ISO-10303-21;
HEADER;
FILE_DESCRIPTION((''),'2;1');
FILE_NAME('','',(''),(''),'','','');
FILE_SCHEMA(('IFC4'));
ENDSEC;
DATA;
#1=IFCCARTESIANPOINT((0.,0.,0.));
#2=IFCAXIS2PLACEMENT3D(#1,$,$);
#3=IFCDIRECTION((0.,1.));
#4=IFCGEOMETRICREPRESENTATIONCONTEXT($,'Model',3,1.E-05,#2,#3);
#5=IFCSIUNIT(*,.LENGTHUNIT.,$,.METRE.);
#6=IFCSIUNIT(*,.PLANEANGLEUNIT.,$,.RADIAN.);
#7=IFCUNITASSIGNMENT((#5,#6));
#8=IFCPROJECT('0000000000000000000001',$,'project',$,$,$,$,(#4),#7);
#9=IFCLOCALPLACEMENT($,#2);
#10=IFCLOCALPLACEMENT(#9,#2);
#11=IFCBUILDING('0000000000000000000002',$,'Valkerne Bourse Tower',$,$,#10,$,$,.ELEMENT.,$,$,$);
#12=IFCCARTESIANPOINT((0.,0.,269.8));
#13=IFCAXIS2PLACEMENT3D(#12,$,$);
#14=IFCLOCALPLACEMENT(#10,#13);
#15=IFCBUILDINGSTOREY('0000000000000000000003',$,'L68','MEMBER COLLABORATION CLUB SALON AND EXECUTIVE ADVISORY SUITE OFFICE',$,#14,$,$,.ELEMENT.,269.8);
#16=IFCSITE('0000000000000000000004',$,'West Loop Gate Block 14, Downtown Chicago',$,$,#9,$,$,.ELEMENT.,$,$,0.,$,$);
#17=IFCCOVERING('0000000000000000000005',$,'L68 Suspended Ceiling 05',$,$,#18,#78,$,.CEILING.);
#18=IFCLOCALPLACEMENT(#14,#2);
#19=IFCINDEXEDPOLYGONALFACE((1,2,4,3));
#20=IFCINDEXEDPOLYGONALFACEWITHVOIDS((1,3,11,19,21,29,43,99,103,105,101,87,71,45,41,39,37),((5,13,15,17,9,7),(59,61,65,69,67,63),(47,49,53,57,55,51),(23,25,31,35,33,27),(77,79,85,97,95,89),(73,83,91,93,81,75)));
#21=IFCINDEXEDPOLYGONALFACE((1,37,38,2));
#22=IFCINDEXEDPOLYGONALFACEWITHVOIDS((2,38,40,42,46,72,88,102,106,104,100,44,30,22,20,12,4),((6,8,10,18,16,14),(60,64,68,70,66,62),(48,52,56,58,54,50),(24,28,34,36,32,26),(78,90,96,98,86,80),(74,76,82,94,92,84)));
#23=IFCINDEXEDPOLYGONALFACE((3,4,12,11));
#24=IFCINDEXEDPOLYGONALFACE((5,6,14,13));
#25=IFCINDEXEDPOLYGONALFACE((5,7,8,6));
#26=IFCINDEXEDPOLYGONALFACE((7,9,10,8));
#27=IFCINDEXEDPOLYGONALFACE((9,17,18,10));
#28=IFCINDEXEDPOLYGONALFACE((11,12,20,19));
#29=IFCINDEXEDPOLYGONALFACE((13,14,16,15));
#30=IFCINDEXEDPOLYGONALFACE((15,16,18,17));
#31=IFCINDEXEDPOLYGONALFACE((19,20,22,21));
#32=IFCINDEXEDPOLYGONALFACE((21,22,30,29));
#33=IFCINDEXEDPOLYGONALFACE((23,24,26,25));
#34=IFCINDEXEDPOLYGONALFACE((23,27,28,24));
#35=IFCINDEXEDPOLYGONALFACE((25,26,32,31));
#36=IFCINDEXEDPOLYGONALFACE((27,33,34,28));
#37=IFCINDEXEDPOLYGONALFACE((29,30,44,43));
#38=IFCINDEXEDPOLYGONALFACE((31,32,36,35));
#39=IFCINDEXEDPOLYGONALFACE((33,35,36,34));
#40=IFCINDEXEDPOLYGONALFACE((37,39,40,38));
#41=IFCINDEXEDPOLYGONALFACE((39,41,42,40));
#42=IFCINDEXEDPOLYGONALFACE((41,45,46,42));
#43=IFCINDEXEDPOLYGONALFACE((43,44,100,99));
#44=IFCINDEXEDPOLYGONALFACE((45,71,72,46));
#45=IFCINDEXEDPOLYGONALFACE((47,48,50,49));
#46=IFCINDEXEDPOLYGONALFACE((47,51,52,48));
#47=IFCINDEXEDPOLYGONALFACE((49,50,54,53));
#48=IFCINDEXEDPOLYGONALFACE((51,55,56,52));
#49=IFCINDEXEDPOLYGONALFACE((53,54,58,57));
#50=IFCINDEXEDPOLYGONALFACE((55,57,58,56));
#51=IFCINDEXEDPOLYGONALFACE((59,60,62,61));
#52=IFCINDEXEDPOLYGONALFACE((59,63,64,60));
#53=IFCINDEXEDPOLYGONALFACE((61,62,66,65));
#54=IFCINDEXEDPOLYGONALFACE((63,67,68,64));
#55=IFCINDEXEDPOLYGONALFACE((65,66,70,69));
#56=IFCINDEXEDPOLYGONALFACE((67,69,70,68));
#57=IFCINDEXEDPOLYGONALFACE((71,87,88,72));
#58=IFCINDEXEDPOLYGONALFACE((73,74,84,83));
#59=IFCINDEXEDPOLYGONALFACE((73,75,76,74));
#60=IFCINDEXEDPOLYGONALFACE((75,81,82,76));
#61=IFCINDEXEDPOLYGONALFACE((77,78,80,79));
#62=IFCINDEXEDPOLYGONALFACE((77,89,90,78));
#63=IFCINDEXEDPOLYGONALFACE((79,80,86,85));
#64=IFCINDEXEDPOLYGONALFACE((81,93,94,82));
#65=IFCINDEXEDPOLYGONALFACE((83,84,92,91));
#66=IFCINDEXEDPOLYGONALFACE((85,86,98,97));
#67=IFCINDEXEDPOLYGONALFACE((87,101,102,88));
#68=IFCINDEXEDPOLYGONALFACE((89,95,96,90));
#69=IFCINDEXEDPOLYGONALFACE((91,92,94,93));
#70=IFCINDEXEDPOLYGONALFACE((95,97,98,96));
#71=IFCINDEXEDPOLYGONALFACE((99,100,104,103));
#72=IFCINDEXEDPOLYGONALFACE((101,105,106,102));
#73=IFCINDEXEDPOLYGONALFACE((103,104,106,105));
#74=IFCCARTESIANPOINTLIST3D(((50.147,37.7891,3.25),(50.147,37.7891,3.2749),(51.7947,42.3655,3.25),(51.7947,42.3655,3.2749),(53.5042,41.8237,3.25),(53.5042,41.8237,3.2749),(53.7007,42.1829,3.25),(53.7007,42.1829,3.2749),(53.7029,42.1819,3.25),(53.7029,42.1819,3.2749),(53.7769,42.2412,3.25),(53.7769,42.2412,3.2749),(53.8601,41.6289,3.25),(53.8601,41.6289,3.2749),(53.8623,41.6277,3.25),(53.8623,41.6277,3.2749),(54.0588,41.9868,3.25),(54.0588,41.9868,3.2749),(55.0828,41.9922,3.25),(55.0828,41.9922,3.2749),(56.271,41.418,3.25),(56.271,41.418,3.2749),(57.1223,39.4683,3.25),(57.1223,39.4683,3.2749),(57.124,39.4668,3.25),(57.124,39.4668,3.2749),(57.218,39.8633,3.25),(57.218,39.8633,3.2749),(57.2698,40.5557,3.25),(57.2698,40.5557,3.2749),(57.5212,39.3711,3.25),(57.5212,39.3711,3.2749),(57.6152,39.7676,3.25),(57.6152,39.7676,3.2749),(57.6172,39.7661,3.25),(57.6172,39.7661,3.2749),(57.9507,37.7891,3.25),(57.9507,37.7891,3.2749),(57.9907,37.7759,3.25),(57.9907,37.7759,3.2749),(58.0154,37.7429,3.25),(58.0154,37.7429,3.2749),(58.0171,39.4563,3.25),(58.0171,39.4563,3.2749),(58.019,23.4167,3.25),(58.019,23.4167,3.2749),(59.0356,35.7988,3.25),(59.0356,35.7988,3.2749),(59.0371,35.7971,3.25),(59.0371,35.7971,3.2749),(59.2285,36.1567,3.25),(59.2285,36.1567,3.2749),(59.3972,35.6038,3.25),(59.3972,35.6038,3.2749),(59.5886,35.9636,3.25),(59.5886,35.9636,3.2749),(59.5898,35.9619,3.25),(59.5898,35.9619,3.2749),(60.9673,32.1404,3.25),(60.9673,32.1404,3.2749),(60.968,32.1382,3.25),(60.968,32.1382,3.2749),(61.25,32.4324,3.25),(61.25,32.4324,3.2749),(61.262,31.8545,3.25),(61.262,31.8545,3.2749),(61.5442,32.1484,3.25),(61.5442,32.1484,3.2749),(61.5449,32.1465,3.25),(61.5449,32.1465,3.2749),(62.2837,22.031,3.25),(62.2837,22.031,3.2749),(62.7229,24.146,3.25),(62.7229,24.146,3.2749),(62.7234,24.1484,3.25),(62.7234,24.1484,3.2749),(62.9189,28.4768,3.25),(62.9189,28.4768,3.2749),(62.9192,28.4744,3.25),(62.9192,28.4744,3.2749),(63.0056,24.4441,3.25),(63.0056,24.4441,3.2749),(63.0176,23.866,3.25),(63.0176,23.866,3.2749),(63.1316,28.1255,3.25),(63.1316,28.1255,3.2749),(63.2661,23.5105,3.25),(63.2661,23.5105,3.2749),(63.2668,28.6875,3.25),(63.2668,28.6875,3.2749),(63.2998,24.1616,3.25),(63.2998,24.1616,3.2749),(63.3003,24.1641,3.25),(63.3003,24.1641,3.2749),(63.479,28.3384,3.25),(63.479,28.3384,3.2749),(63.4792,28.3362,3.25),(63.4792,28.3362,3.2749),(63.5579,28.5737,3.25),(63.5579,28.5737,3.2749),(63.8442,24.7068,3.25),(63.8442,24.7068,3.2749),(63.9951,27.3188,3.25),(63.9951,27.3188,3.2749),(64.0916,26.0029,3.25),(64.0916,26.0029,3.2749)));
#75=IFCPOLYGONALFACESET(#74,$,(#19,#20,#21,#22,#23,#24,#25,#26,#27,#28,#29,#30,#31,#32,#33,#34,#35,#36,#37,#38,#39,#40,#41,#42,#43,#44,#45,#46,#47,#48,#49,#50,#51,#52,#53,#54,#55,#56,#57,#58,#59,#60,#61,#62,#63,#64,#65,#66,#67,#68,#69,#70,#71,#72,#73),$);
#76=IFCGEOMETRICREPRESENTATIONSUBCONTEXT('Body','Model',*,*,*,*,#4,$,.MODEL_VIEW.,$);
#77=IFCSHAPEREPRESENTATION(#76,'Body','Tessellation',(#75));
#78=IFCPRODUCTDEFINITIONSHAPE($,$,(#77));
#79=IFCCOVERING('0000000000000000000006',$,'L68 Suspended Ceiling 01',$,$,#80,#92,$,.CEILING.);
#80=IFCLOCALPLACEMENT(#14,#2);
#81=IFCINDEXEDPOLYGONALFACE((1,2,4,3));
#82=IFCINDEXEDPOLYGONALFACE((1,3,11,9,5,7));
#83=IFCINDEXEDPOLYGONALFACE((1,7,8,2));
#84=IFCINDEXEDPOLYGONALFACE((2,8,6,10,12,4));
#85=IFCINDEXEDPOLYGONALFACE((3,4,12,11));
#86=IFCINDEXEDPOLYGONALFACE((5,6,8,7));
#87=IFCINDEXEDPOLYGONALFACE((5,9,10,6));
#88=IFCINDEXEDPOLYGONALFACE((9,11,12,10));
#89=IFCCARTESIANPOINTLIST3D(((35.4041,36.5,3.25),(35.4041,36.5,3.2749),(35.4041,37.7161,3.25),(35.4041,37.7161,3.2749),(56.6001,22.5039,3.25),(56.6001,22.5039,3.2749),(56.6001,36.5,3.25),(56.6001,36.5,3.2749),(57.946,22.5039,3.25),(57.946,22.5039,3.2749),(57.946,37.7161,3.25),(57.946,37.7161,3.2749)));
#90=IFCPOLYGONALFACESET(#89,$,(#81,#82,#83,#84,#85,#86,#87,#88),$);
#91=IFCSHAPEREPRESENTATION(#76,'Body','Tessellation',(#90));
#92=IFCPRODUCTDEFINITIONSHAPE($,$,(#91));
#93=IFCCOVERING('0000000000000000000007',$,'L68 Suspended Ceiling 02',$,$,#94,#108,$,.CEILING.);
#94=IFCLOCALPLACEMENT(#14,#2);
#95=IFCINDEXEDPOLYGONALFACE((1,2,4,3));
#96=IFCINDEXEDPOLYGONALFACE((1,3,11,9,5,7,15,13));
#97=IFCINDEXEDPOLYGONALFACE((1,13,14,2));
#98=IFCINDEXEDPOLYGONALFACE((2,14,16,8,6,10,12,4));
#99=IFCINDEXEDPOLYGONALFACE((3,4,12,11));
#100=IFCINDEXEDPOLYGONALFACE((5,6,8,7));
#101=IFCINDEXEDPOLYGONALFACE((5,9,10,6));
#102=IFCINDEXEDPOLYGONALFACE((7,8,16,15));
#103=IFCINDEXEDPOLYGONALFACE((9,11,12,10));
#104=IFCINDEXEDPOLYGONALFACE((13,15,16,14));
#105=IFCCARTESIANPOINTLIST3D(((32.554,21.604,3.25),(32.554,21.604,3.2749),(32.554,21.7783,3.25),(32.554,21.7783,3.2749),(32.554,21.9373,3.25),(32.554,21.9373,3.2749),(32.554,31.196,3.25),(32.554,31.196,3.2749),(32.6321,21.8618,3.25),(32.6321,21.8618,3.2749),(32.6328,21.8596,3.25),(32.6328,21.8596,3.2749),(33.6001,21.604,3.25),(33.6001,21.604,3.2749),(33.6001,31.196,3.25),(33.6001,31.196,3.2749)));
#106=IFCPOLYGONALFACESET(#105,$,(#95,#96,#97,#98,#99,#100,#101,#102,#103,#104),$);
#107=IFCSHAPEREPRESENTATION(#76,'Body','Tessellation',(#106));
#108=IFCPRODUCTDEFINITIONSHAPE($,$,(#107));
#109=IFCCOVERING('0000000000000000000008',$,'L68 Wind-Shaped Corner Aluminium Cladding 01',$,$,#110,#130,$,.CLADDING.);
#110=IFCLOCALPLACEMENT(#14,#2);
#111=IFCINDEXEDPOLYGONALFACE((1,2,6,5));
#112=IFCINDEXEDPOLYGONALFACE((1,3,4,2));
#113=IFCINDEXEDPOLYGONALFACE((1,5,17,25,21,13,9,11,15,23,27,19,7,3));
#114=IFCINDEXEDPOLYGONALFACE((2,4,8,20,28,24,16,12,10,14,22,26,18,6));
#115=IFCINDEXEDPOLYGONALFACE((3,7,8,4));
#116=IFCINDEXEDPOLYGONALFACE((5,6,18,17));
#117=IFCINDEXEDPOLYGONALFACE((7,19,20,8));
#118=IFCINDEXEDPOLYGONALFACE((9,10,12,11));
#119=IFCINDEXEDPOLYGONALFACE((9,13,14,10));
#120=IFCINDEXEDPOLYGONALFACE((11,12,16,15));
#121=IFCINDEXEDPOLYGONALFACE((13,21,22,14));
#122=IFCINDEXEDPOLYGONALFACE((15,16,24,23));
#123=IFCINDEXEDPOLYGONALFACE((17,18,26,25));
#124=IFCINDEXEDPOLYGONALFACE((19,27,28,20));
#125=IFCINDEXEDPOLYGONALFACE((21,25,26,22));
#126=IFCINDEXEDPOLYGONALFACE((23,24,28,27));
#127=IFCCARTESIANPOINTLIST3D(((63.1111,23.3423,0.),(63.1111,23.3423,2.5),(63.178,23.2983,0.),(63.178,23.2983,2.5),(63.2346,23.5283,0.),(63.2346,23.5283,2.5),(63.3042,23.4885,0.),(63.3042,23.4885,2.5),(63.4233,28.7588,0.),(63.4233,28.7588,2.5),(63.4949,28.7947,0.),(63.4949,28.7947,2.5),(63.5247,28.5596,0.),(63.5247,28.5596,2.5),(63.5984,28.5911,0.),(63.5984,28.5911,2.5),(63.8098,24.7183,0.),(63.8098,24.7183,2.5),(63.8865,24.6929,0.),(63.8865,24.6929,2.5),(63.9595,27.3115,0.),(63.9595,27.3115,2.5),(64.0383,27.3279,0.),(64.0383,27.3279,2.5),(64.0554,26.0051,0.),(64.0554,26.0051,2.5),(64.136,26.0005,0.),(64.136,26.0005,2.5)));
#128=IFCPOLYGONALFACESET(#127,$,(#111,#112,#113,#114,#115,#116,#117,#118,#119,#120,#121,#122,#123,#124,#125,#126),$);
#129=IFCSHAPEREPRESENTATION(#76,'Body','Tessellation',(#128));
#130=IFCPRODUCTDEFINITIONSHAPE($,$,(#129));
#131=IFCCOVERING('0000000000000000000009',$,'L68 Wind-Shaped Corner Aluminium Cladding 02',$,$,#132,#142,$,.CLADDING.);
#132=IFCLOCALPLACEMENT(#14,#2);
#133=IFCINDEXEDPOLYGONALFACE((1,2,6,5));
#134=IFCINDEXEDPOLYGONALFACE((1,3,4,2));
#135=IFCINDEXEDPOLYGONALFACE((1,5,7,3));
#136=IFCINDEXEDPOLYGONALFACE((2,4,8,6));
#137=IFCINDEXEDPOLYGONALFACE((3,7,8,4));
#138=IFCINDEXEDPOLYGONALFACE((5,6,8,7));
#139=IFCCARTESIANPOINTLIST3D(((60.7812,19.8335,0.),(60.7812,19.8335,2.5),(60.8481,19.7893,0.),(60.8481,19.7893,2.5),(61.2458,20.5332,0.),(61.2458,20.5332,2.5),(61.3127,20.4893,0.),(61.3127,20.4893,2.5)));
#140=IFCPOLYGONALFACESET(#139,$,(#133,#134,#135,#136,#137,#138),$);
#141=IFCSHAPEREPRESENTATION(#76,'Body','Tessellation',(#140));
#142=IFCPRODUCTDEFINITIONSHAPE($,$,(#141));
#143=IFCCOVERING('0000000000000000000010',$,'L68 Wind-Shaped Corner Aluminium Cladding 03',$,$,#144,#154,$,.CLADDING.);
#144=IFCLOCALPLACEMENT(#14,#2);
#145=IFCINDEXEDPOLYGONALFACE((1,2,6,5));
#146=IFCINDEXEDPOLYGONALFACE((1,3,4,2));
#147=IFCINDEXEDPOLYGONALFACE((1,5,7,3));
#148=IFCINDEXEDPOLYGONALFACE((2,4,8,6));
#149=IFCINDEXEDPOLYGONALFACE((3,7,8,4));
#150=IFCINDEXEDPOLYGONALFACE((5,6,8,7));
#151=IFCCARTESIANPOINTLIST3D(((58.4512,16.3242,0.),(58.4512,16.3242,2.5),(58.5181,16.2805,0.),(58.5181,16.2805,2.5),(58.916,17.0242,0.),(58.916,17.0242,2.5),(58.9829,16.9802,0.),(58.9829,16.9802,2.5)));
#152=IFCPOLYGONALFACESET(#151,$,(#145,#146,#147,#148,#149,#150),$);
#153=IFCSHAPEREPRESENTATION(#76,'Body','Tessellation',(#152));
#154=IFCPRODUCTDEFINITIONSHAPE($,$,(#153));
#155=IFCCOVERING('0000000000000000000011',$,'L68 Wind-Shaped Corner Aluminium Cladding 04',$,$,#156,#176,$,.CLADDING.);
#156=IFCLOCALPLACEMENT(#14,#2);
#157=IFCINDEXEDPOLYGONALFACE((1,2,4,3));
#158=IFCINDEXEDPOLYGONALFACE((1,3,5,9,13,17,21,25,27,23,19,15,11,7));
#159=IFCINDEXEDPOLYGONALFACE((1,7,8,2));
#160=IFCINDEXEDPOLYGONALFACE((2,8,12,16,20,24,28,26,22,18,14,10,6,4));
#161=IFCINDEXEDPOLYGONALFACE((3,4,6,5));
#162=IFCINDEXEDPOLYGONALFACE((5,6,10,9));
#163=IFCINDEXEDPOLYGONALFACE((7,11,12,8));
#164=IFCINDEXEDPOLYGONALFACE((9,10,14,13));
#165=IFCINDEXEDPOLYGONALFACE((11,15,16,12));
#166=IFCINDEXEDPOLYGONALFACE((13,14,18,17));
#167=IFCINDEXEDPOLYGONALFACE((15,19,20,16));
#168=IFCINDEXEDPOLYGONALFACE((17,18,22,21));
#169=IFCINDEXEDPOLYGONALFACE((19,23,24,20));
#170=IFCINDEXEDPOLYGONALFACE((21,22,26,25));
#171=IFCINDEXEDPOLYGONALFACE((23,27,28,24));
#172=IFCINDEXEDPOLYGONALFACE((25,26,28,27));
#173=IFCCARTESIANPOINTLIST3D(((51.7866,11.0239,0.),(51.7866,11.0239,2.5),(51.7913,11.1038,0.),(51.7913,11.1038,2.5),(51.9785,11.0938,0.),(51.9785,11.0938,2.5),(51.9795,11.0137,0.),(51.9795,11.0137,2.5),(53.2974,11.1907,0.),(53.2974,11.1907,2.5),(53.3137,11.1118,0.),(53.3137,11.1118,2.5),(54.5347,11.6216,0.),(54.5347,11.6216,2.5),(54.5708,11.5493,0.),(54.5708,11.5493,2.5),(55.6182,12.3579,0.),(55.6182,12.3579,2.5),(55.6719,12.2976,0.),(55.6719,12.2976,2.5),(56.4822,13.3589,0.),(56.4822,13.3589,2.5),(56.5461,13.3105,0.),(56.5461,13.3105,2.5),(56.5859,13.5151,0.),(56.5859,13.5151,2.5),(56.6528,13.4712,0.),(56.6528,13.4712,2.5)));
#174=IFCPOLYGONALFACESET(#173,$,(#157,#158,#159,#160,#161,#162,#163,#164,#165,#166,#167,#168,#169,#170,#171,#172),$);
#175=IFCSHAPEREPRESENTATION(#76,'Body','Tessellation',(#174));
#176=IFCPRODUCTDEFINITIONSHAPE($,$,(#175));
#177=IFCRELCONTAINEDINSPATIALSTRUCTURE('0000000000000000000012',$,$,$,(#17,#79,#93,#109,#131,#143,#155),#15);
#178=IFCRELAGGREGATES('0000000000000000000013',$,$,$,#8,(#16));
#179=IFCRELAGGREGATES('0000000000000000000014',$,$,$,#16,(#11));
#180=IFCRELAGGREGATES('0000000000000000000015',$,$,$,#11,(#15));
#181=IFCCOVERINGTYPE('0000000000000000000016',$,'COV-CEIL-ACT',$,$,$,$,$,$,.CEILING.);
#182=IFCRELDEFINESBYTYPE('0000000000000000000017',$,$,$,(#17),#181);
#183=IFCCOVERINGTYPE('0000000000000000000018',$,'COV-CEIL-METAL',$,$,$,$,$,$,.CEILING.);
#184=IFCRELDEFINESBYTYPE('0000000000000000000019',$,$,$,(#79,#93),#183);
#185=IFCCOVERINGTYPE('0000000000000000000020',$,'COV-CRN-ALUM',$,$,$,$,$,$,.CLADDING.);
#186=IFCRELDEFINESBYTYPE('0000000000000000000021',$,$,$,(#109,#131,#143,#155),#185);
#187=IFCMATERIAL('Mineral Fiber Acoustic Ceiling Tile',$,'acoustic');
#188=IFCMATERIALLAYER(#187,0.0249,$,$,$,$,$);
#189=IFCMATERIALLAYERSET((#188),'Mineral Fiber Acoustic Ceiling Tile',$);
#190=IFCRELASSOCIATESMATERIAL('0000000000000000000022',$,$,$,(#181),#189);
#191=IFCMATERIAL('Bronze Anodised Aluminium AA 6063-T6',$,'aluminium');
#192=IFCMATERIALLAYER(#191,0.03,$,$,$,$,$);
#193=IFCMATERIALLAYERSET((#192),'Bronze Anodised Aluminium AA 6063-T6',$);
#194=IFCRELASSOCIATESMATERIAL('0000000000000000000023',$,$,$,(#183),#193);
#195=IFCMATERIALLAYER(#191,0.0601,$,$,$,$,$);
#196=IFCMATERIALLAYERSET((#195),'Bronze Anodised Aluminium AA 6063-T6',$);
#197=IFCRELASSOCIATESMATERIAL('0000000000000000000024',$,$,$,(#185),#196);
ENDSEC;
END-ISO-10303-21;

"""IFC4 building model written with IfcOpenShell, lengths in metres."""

from ifc_helpers import new_model, si_unit, direction, frame, origin, place, context, subcontext, project, spatial, polyline, outline, extrude, material, layer, layer_set, type_object, element, save


model = new_model("IFC4")

# Units and contexts
model_context = context("Model", 3, precision=1e-05, world=origin(), true_north=direction((0.0, 1.0)))
body_context = subcontext(model_context, "Body", "Model", "MODEL_VIEW")
ifc_project = project(units=[si_unit("LENGTHUNIT", "METRE"), si_unit("PLANEANGLEUNIT", "RADIAN")], contexts=[model_context])

# Site, building, storey
site_placement = place(None, origin())
site = spatial("IfcSite", under=ifc_project, at=site_placement, Name="West Loop Gate Block 14, Downtown Chicago", CompositionType="ELEMENT", RefElevation=0.0)
building_placement = place(site_placement, origin())
building = spatial("IfcBuilding", under=site, at=building_placement, Name="Valkerne Bourse Tower", CompositionType="ELEMENT")
storey_placement = place(building_placement, frame((0.0, 0.0, 269.8)))
storey = spatial("IfcBuildingStorey", under=building, at=storey_placement, Name="L68", Description="MEMBER COLLABORATION CLUB SALON AND EXECUTIVE ADVISORY SUITE OFFICE", CompositionType="ELEMENT", Elevation=269.8)

# Coverings
ifc_material_1 = material(Name="Mineral Fiber Acoustic Ceiling Tile", Category="acoustic")
ifc_layer_1 = layer(ifc_material_1, 0.0249)
ifc_layer_set_1 = layer_set([ifc_layer_1], Name="Mineral Fiber Acoustic Ceiling Tile")
covering_type_1 = type_object("IfcCoveringType", Name="COV-CEIL-ACT", PredefinedType="CEILING", material=ifc_layer_set_1)
covering_1_placement = place(storey_placement, frame((0.0, 0.0, 3.25)))
element("IfcCovering", 1, at=covering_1_placement, inside=storey, type_object=covering_type_1, Name="L68 Suspended Ceiling 05", PredefinedType="CEILING", context=body_context, shape_type="SweptSolid", body=[
    extrude(outline(polyline([(63.8442, 24.7068), (63.2661, 23.5105), (62.2837, 22.031), (58.019, 23.4167), (58.0154, 37.7429), (57.9907, 37.7759), (57.9507, 37.7891), (50.147, 37.7891), (51.7947, 42.3655), (53.7769, 42.2412), (55.0828, 41.9922), (56.271, 41.418), (57.2698, 40.5557), (58.0171, 39.4563), (63.5579, 28.5737), (63.9951, 27.3188), (64.0916, 26.0029), (63.8442, 24.7068)]), holes=[polyline([(63.3003, 24.1641), (63.0056, 24.4441), (62.7234, 24.1484), (62.7229, 24.146), (63.0176, 23.866), (63.2998, 24.1616), (63.3003, 24.1641)]), polyline([(63.479, 28.3384), (63.2668, 28.6875), (62.9189, 28.4768), (62.9192, 28.4744), (63.1316, 28.1255), (63.4792, 28.3362), (63.479, 28.3384)]), polyline([(61.5442, 32.1484), (61.25, 32.4324), (60.9673, 32.1404), (60.968, 32.1382), (61.262, 31.8545), (61.5449, 32.1465), (61.5442, 32.1484)]), polyline([(59.5886, 35.9636), (59.2285, 36.1567), (59.0356, 35.7988), (59.0371, 35.7971), (59.3972, 35.6038), (59.5898, 35.9619), (59.5886, 35.9636)]), polyline([(57.6152, 39.7676), (57.218, 39.8633), (57.1223, 39.4683), (57.124, 39.4668), (57.5212, 39.3711), (57.6172, 39.7661), (57.6152, 39.7676)]), polyline([(53.7029, 42.1819), (53.7007, 42.1829), (53.5042, 41.8237), (53.8601, 41.6289), (53.8623, 41.6277), (54.0588, 41.9868), (53.7029, 42.1819)])]), origin(), (0.0, 0.0, 1.0), 0.0249),
])
ifc_material_2 = material(Name="Bronze Anodised Aluminium AA 6063-T6", Category="aluminium")
ifc_layer_2 = layer(ifc_material_2, 0.03)
ifc_layer_set_2 = layer_set([ifc_layer_2], Name="Bronze Anodised Aluminium AA 6063-T6")
covering_type_2 = type_object("IfcCoveringType", Name="COV-CEIL-METAL", PredefinedType="CEILING", material=ifc_layer_set_2)
covering_2_placement = place(storey_placement, frame((0.0, 0.0, 3.25)))
element("IfcCovering", 2, at=covering_2_placement, inside=storey, type_object=covering_type_2, Name="L68 Suspended Ceiling 01", PredefinedType="CEILING", context=body_context, shape_type="SweptSolid", body=[
    extrude(outline(polyline([(35.4041, 37.7161), (57.946, 37.7161), (57.946, 22.5039), (56.6001, 22.5039), (56.6001, 36.5), (35.4041, 36.5), (35.4041, 37.7161)])), origin(), (0.0, 0.0, 1.0), 0.0249),
])
covering_3_placement = place(storey_placement, frame((0.0, 0.0, 3.25)))
element("IfcCovering", 3, at=covering_3_placement, inside=storey, type_object=covering_type_2, Name="L68 Suspended Ceiling 02", PredefinedType="CEILING", context=body_context, shape_type="SweptSolid", body=[
    extrude(outline(polyline([(32.554, 21.604), (32.554, 21.7783), (32.6328, 21.8596), (32.6321, 21.8618), (32.554, 21.9373), (32.554, 31.196), (33.6001, 31.196), (33.6001, 21.604), (32.554, 21.604)])), origin(), (0.0, 0.0, 1.0), 0.0249),
])
ifc_layer_3 = layer(ifc_material_2, 0.0601)
ifc_layer_set_3 = layer_set([ifc_layer_3], Name="Bronze Anodised Aluminium AA 6063-T6")
covering_type_3 = type_object("IfcCoveringType", Name="COV-CRN-ALUM", PredefinedType="CLADDING", material=ifc_layer_set_3)
covering_4_placement = place(storey_placement, origin())
element("IfcCovering", 4, at=covering_4_placement, inside=storey, type_object=covering_type_3, Name="L68 Wind-Shaped Corner Aluminium Cladding 01", PredefinedType="CLADDING", context=body_context, shape_type="SweptSolid", body=[
    extrude(outline(polyline([(64.0383, 27.3279), (64.136, 26.0005), (63.8865, 24.6929), (63.3042, 23.4885), (63.178, 23.2983), (63.1111, 23.3423), (63.2346, 23.5283), (63.8098, 24.7183), (64.0554, 26.0051), (63.9595, 27.3115), (63.5247, 28.5596), (63.4233, 28.7588), (63.4949, 28.7947), (63.5984, 28.5911), (64.0383, 27.3279)])), origin(), (0.0, 0.0, 1.0), 2.5),
])
covering_5_placement = place(storey_placement, origin())
element("IfcCovering", 5, at=covering_5_placement, inside=storey, type_object=covering_type_3, Name="L68 Wind-Shaped Corner Aluminium Cladding 02", PredefinedType="CLADDING", context=body_context, shape_type="SweptSolid", body=[
    extrude(outline(polyline([(60.8481, 19.7893), (60.7812, 19.8335), (61.2458, 20.5332), (61.3127, 20.4893), (60.8481, 19.7893)])), origin(), (0.0, 0.0, 1.0), 2.5),
])
covering_6_placement = place(storey_placement, origin())
element("IfcCovering", 6, at=covering_6_placement, inside=storey, type_object=covering_type_3, Name="L68 Wind-Shaped Corner Aluminium Cladding 03", PredefinedType="CLADDING", context=body_context, shape_type="SweptSolid", body=[
    extrude(outline(polyline([(58.5181, 16.2805), (58.4512, 16.3242), (58.916, 17.0242), (58.9829, 16.9802), (58.5181, 16.2805)])), origin(), (0.0, 0.0, 1.0), 2.5),
])
covering_7_placement = place(storey_placement, origin())
element("IfcCovering", 7, at=covering_7_placement, inside=storey, type_object=covering_type_3, Name="L68 Wind-Shaped Corner Aluminium Cladding 04", PredefinedType="CLADDING", context=body_context, shape_type="SweptSolid", body=[
    extrude(outline(polyline([(56.5461, 13.3105), (55.6719, 12.2976), (54.5708, 11.5493), (53.3137, 11.1118), (51.9795, 11.0137), (51.7866, 11.0239), (51.7913, 11.1038), (51.9785, 11.0938), (53.2974, 11.1907), (54.5347, 11.6216), (55.6182, 12.3579), (56.4822, 13.3589), (56.5859, 13.5151), (56.6528, 13.4712), (56.5461, 13.3105)])), origin(), (0.0, 0.0, 1.0), 2.5),
])

save(model, "model.ifc")
